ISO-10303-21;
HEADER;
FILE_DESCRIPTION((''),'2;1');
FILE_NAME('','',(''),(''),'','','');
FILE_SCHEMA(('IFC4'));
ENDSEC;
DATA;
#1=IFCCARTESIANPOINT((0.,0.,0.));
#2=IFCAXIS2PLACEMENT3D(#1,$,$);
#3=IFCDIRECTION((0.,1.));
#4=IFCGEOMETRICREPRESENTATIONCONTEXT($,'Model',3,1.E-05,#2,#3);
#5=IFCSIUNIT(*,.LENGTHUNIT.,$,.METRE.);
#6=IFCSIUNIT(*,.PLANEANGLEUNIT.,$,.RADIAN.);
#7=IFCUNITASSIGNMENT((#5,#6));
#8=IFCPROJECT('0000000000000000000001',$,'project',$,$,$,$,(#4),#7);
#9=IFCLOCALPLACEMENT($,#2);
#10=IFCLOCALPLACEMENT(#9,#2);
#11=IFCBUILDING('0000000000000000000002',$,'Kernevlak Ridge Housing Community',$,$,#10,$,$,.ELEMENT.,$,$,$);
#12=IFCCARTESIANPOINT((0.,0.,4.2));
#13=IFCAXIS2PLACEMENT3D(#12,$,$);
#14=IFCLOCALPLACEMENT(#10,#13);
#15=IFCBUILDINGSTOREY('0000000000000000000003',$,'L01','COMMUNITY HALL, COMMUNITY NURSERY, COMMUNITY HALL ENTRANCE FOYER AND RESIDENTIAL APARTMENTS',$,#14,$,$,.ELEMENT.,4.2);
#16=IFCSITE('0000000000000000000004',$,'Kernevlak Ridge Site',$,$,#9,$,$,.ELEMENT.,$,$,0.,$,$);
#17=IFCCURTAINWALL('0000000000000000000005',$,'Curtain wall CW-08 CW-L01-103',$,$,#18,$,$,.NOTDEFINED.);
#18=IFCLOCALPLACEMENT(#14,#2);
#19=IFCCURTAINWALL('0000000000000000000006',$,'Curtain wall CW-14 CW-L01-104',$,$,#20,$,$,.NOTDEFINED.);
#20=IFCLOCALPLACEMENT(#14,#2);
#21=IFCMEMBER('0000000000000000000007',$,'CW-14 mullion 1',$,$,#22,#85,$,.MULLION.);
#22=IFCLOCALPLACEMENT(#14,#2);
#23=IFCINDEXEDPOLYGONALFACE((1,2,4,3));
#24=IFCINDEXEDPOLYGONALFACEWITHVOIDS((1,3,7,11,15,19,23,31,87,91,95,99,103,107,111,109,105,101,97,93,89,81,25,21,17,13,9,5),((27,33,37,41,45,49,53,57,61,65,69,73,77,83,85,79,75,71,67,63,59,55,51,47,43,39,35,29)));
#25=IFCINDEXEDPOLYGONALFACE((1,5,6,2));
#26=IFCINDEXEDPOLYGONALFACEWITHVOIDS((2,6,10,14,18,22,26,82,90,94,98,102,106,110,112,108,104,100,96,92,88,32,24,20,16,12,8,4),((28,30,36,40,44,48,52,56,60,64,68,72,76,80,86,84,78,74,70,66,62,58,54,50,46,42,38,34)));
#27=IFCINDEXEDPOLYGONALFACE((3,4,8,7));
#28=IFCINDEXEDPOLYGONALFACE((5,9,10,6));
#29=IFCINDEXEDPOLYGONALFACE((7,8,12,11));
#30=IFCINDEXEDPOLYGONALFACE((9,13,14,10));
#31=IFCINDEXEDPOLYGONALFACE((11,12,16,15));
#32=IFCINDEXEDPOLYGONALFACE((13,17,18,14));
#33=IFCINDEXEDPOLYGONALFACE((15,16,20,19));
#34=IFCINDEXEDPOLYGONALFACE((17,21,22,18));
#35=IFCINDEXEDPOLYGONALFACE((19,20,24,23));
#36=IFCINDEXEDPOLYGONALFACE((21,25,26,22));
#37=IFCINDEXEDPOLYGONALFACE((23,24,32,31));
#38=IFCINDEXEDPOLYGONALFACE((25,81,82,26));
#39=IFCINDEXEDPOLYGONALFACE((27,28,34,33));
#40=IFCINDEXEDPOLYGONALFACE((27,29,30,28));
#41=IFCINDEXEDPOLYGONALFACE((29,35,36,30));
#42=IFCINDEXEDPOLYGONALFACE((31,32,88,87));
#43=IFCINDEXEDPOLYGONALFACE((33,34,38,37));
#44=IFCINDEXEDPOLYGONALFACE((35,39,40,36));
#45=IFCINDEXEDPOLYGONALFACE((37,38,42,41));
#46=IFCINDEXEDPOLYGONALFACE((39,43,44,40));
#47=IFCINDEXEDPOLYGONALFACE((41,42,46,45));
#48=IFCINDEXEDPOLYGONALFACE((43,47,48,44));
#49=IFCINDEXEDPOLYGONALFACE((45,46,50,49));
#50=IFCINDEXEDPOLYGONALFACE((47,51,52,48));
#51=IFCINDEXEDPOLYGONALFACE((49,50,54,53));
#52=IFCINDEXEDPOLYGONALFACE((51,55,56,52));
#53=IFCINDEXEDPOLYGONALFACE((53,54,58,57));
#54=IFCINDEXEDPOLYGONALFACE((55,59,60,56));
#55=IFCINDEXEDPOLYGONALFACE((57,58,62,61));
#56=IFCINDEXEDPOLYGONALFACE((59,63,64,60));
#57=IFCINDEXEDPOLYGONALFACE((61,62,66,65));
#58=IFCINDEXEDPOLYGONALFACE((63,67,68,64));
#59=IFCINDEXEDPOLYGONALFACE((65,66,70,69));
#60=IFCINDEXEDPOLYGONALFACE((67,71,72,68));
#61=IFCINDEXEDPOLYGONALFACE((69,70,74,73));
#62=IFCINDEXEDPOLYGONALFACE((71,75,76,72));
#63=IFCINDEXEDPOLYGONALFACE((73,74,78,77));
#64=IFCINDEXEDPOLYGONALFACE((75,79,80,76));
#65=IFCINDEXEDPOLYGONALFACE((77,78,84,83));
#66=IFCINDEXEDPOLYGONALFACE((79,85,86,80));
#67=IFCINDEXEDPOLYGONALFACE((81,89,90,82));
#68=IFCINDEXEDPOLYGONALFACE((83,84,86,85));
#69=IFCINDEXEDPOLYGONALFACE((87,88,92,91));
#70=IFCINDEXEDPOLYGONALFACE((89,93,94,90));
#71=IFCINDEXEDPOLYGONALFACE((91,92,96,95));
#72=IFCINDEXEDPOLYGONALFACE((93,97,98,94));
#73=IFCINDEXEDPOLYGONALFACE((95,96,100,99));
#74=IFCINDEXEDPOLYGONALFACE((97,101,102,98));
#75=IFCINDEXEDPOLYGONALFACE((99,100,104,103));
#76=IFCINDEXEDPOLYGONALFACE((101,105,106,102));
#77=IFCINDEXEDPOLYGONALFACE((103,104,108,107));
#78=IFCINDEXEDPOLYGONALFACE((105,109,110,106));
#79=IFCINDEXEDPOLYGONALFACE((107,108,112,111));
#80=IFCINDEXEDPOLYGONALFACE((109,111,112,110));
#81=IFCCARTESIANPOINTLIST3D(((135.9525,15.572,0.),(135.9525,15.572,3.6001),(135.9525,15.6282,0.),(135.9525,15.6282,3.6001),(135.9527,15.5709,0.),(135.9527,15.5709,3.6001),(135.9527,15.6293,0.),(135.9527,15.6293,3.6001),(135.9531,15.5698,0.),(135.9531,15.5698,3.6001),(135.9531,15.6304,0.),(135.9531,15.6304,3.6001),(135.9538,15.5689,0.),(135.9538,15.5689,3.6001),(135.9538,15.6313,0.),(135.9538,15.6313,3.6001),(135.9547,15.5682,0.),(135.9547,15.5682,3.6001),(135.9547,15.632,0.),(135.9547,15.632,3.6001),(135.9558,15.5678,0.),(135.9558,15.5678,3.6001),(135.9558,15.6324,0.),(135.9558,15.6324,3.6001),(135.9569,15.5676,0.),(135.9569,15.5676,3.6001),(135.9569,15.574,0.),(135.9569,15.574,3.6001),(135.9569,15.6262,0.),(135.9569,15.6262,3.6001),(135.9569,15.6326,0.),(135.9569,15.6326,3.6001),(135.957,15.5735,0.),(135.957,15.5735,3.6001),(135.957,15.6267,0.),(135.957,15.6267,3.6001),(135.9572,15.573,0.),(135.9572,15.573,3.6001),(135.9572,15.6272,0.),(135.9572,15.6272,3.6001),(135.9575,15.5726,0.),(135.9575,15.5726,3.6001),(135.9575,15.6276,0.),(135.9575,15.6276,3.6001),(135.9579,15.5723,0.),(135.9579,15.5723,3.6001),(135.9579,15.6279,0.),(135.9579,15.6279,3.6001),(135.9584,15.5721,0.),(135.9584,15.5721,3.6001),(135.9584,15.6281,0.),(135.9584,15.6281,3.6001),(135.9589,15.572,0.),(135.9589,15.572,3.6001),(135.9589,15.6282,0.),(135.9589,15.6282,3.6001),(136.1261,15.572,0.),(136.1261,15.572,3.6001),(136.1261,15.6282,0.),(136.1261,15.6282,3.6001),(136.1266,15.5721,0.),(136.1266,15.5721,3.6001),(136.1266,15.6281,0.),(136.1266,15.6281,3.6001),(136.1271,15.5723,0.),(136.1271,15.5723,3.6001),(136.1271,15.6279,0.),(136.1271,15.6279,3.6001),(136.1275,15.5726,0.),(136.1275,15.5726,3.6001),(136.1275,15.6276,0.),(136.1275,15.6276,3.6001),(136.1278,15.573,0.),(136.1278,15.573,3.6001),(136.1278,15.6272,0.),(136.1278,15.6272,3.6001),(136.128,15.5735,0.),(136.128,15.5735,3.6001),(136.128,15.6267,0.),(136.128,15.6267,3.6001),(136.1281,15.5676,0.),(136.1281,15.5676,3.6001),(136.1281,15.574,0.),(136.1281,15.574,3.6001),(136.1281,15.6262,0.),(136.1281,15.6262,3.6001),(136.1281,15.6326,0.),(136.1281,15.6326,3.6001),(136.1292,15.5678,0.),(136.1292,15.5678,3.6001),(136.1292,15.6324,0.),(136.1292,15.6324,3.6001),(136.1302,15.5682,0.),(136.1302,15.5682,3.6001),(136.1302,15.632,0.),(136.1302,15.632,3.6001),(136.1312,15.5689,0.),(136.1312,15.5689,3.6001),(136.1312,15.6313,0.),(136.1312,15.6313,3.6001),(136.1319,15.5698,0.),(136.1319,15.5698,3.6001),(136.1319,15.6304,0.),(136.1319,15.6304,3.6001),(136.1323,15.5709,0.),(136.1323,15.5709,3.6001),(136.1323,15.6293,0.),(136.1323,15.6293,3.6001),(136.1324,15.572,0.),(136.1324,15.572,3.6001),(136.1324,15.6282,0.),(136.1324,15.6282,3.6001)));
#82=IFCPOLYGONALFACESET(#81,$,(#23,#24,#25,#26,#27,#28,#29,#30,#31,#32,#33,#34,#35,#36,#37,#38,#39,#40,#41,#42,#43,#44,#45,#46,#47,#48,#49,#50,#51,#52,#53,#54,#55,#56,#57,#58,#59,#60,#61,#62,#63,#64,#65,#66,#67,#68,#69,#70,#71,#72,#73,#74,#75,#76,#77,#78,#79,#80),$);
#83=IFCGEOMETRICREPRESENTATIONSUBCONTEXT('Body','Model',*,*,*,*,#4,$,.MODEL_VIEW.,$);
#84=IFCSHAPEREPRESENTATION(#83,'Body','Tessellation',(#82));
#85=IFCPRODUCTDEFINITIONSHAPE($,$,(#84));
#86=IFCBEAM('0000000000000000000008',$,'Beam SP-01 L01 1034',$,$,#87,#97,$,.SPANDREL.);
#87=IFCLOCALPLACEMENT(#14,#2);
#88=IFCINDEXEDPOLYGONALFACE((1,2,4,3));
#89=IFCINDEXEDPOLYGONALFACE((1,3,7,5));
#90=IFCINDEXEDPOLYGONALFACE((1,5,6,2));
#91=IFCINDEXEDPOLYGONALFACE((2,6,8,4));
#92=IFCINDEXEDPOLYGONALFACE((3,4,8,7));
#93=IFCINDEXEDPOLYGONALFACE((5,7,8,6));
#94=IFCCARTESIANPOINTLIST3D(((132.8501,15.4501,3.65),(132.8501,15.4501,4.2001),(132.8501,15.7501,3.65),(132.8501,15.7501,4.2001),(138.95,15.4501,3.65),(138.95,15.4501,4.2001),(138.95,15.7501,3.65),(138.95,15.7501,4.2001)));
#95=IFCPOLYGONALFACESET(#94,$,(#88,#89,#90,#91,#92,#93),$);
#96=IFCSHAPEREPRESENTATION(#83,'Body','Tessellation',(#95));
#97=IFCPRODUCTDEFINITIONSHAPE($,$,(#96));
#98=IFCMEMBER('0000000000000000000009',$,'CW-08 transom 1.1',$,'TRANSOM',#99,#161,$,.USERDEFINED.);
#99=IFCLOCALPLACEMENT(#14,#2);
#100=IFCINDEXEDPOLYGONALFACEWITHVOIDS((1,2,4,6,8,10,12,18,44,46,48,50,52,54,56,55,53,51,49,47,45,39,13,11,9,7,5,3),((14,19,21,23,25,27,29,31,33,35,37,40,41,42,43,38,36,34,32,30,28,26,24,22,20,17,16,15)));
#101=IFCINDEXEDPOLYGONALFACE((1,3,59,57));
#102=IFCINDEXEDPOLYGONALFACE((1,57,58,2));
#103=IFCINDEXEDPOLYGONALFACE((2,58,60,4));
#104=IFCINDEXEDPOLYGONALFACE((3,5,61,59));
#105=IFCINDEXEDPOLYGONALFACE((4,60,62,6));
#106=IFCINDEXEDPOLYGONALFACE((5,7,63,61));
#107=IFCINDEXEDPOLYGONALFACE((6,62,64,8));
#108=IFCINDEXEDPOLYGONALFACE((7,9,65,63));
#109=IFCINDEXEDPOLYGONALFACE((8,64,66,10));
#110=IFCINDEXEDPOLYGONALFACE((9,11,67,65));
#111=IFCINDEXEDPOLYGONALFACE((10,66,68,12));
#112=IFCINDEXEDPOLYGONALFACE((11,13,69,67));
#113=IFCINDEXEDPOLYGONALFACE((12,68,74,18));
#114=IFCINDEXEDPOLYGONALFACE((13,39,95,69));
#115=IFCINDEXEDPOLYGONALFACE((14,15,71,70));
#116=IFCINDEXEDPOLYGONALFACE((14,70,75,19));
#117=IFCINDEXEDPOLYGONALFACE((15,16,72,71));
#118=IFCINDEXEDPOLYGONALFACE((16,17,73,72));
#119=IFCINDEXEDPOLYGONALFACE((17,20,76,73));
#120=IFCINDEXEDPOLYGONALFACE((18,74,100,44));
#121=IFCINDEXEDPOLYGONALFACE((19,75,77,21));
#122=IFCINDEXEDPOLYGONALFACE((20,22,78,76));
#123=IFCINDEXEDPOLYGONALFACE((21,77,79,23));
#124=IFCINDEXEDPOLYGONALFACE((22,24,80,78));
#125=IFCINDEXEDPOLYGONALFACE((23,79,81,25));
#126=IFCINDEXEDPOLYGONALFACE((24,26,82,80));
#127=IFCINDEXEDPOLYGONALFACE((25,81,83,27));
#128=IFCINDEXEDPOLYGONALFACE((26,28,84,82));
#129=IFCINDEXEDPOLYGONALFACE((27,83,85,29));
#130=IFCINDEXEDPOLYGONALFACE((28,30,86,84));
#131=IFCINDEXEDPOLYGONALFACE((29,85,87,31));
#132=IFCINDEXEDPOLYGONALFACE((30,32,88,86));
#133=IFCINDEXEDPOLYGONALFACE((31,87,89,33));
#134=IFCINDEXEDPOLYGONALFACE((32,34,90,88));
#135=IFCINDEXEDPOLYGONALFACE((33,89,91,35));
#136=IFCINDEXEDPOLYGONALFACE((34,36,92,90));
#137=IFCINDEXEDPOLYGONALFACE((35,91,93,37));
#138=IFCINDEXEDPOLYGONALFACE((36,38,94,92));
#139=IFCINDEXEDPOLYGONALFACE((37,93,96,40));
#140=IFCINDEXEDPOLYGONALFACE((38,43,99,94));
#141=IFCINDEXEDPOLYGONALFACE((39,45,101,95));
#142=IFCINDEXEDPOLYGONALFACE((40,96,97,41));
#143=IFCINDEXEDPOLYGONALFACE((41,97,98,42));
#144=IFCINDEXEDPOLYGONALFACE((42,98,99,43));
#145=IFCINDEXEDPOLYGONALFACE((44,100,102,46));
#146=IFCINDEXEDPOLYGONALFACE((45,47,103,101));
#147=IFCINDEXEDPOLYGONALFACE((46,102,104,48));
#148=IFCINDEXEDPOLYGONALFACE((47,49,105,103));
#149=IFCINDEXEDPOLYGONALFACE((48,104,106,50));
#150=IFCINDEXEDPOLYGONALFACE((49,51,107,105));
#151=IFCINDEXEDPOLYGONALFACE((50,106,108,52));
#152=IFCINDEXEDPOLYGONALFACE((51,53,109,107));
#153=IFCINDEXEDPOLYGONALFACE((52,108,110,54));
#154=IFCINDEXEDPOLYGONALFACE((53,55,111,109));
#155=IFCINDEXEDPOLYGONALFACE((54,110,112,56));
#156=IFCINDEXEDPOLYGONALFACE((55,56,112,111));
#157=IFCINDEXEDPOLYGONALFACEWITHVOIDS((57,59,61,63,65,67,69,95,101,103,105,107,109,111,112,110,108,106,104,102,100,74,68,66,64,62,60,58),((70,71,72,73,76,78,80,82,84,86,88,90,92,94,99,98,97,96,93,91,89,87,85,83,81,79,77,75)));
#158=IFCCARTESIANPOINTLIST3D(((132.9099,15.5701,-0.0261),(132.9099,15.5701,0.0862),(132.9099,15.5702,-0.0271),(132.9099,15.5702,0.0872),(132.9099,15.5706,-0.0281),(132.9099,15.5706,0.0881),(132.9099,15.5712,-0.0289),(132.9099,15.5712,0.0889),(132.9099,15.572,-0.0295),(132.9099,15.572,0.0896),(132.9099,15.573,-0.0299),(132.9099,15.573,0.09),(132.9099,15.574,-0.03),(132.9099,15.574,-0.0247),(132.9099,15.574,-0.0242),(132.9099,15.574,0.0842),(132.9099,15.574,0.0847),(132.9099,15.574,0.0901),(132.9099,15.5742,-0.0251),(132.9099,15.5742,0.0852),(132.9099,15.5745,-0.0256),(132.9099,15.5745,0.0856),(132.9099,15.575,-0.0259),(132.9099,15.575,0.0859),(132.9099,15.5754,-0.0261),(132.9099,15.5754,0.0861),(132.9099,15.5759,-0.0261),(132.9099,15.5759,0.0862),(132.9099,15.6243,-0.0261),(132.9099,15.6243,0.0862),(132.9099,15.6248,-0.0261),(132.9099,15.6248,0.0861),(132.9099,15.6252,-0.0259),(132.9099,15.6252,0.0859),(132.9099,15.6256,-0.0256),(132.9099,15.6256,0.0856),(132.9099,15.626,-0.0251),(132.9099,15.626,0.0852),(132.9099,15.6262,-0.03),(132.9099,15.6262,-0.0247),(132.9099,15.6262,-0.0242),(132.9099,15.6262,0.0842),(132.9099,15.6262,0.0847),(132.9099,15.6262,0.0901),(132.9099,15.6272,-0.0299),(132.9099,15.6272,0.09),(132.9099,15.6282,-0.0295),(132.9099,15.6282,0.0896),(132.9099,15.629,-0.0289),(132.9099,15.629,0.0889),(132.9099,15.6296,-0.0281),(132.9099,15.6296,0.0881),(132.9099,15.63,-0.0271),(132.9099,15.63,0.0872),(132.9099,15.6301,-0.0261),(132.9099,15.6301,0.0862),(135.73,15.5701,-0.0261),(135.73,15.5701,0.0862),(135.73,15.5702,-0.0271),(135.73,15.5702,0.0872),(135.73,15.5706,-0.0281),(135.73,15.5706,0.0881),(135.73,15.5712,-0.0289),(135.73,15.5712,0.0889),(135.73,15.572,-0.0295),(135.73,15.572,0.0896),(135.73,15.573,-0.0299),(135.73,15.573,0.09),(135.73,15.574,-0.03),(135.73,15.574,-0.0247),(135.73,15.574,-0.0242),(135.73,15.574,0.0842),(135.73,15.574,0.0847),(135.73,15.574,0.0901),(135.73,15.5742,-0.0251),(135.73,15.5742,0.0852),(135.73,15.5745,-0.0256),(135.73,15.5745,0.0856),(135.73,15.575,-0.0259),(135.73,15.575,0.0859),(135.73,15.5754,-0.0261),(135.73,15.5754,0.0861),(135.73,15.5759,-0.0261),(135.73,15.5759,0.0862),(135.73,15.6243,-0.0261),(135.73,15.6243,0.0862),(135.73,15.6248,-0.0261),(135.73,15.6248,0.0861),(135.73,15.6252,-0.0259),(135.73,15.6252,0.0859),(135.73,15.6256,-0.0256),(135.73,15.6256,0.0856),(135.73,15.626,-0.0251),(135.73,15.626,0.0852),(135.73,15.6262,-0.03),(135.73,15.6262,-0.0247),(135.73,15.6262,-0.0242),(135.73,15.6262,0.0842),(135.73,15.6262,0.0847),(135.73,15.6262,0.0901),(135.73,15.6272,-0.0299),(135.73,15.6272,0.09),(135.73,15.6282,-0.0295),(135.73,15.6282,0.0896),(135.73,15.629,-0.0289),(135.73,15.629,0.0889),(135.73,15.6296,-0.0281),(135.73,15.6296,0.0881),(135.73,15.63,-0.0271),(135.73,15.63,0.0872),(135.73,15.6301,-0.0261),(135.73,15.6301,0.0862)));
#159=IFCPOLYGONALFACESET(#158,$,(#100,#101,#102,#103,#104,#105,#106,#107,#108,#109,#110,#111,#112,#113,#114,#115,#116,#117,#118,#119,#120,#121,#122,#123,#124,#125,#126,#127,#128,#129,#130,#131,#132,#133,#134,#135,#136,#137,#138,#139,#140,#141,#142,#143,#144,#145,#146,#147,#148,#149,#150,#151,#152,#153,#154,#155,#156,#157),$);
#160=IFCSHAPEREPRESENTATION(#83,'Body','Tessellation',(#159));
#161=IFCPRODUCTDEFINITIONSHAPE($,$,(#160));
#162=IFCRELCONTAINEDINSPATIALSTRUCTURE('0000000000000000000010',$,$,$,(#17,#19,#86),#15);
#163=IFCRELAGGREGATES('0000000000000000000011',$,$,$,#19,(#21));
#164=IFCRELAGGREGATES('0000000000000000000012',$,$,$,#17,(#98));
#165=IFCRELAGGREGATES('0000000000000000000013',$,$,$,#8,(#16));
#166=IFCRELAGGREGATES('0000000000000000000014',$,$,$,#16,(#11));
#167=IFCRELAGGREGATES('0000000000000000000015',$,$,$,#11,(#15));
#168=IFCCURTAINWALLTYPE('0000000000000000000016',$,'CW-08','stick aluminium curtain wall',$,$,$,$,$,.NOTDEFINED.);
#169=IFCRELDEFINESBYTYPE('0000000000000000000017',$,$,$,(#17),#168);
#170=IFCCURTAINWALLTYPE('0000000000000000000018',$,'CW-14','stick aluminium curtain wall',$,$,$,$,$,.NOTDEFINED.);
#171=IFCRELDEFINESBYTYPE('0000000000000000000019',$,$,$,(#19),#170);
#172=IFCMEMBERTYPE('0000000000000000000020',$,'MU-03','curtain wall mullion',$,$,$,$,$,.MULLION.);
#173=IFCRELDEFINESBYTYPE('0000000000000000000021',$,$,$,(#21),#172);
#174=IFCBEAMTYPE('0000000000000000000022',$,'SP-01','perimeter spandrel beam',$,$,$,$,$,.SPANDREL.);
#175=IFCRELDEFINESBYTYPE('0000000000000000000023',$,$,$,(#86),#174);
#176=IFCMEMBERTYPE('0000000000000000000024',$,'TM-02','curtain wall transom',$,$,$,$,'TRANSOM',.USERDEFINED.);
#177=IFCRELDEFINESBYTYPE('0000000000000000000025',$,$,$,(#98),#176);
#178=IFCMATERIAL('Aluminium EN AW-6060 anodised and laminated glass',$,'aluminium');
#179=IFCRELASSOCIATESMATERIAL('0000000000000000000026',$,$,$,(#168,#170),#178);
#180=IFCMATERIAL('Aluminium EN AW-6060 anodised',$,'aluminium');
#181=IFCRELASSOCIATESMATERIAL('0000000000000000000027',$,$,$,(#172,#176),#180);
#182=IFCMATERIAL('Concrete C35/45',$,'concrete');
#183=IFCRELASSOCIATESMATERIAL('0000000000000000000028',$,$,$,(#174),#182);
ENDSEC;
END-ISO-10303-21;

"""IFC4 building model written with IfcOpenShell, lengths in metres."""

from ifc_helpers import new_model, si_unit, direction, frame, origin, origin_2d, place, context, subcontext, project, spatial, rectangle, hollow_rectangle, extrude, material, material_profile, profile_set, type_object, element, aggregate, save


model = new_model("IFC4")

# Units and contexts
model_context = context("Model", 3, precision=1e-05, world=origin(), true_north=direction((0.0, 1.0)))
body_context = subcontext(model_context, "Body", "Model", "MODEL_VIEW")
ifc_project = project(units=[si_unit("LENGTHUNIT", "METRE"), si_unit("PLANEANGLEUNIT", "RADIAN")], contexts=[model_context])

# Site, building, storey
site_placement = place(None, origin())
site = spatial("IfcSite", under=ifc_project, at=site_placement, Name="Kernevlak Ridge Site", CompositionType="ELEMENT", RefElevation=0.0)
building_placement = place(site_placement, origin())
building = spatial("IfcBuilding", under=site, at=building_placement, Name="Kernevlak Ridge Housing Community", CompositionType="ELEMENT")
storey_placement = place(building_placement, frame((0.0, 0.0, 4.2)))
storey = spatial("IfcBuildingStorey", under=building, at=storey_placement, Name="L01", Description="COMMUNITY HALL, COMMUNITY NURSERY, COMMUNITY HALL ENTRANCE FOYER AND RESIDENTIAL APARTMENTS", CompositionType="ELEMENT", Elevation=4.2)

# Shared definitions
ifc_material_1 = material(Name="Concrete C35/45", Category="concrete")

# Curtain wall
ifc_material_2 = material(Name="Aluminium EN AW-6060 anodised and laminated glass", Category="aluminium")
curtain_wall_type_1 = type_object("IfcCurtainWallType", Name="CW-08", Description="stick aluminium curtain wall", PredefinedType="NOTDEFINED", material=ifc_material_2)
curtain_wall_1_placement = place(storey_placement, origin())
curtain_wall_1 = element("IfcCurtainWall", 1, at=curtain_wall_1_placement, inside=storey, type_object=curtain_wall_type_1, Name="Curtain wall CW-08 CW-L01-103", PredefinedType="NOTDEFINED")
ifc_material_3 = material(Name="Aluminium EN AW-6060 anodised", Category="aluminium")

# Curtain wall, member
curtain_wall_type_2 = type_object("IfcCurtainWallType", Name="CW-14", Description="stick aluminium curtain wall", PredefinedType="NOTDEFINED", material=ifc_material_2)
curtain_wall_2_placement = place(storey_placement, origin())
curtain_wall_2 = element("IfcCurtainWall", 2, at=curtain_wall_2_placement, inside=storey, type_object=curtain_wall_type_2, Name="Curtain wall CW-14 CW-L01-104", PredefinedType="NOTDEFINED")
ifc_material_profile_1 = material_profile(ifc_material_3, hollow_rectangle(XDim=0.0649, YDim=0.1799, WallThickness=0.0044, InnerFilletRadius=0.002, OuterFilletRadius=0.0044, at=origin_2d()), Name="ALU 65x180x4.5")
ifc_profile_set_1 = profile_set([ifc_material_profile_1], Name="Aluminium EN AW-6060 anodised")
member_type_1 = type_object("IfcMemberType", Name="MU-03", Description="curtain wall mullion", PredefinedType="MULLION", material=ifc_profile_set_1)
member_1_placement = place(storey_placement, frame((136.0425, 15.6001, 0.0), z_axis=(0.0, 0.0, 1.0), x_axis=(0.0, 1.0, 0.0)))
member_1 = element("IfcMember", 3, at=member_1_placement, type_object=member_type_1, Name="CW-14 mullion 1", PredefinedType="MULLION", context=body_context, shape_type="SweptSolid", body=[
    extrude(hollow_rectangle(XDim=0.0649, YDim=0.1799, WallThickness=0.0044, InnerFilletRadius=0.002, OuterFilletRadius=0.0044, at=origin_2d()), origin(), (0.0, 0.0, 1.0), 3.6001),
])

# Beam
ifc_material_profile_2 = material_profile(ifc_material_1, rectangle(XDim=0.3, YDim=0.55, at=origin_2d()), Name="RC 300x550")
ifc_profile_set_2 = profile_set([ifc_material_profile_2], Name="Concrete C35/45")
beam_type_1 = type_object("IfcBeamType", Name="SP-01", Description="perimeter spandrel beam", PredefinedType="SPANDREL", material=ifc_profile_set_2)
beam_1_placement = place(storey_placement, frame((132.8501, 15.6001, 3.925), z_axis=(1.0, 0.0, 0.0), x_axis=(0.0, 1.0, 0.0)))
element("IfcBeam", 4, at=beam_1_placement, inside=storey, type_object=beam_type_1, Name="Beam SP-01 L01 1034", PredefinedType="SPANDREL", context=body_context, shape_type="SweptSolid", body=[
    extrude(rectangle(XDim=0.3, YDim=0.55, at=origin_2d()), origin(), (0.0, 0.0, 1.0), 6.0999),
])

# Member
ifc_material_profile_3 = material_profile(ifc_material_3, hollow_rectangle(XDim=0.0601, YDim=0.1201, WallThickness=0.0039, InnerFilletRadius=0.002, OuterFilletRadius=0.0039, at=origin_2d()), Name="ALU 60x120x4")
ifc_profile_set_3 = profile_set([ifc_material_profile_3], Name="Aluminium EN AW-6060 anodised")
member_type_2 = type_object("IfcMemberType", Name="TM-02", Description="curtain wall transom", ElementType="TRANSOM", PredefinedType="USERDEFINED", material=ifc_profile_set_3)
member_2_placement = place(storey_placement, frame((132.9099, 15.6001, 0.03), z_axis=(1.0, 0.0, 0.0), x_axis=(0.0, 1.0, 0.0)))
member_2 = element("IfcMember", 5, at=member_2_placement, type_object=member_type_2, Name="CW-08 transom 1.1", ObjectType="TRANSOM", PredefinedType="USERDEFINED", context=body_context, shape_type="SweptSolid", body=[
    extrude(hollow_rectangle(XDim=0.0601, YDim=0.1201, WallThickness=0.0039, InnerFilletRadius=0.002, OuterFilletRadius=0.0039, at=origin_2d()), origin(), (0.0, 0.0, 1.0), 2.8201),
])

aggregate(curtain_wall_2, [member_1])
aggregate(curtain_wall_1, [member_2])

save(model, "model.ifc")
